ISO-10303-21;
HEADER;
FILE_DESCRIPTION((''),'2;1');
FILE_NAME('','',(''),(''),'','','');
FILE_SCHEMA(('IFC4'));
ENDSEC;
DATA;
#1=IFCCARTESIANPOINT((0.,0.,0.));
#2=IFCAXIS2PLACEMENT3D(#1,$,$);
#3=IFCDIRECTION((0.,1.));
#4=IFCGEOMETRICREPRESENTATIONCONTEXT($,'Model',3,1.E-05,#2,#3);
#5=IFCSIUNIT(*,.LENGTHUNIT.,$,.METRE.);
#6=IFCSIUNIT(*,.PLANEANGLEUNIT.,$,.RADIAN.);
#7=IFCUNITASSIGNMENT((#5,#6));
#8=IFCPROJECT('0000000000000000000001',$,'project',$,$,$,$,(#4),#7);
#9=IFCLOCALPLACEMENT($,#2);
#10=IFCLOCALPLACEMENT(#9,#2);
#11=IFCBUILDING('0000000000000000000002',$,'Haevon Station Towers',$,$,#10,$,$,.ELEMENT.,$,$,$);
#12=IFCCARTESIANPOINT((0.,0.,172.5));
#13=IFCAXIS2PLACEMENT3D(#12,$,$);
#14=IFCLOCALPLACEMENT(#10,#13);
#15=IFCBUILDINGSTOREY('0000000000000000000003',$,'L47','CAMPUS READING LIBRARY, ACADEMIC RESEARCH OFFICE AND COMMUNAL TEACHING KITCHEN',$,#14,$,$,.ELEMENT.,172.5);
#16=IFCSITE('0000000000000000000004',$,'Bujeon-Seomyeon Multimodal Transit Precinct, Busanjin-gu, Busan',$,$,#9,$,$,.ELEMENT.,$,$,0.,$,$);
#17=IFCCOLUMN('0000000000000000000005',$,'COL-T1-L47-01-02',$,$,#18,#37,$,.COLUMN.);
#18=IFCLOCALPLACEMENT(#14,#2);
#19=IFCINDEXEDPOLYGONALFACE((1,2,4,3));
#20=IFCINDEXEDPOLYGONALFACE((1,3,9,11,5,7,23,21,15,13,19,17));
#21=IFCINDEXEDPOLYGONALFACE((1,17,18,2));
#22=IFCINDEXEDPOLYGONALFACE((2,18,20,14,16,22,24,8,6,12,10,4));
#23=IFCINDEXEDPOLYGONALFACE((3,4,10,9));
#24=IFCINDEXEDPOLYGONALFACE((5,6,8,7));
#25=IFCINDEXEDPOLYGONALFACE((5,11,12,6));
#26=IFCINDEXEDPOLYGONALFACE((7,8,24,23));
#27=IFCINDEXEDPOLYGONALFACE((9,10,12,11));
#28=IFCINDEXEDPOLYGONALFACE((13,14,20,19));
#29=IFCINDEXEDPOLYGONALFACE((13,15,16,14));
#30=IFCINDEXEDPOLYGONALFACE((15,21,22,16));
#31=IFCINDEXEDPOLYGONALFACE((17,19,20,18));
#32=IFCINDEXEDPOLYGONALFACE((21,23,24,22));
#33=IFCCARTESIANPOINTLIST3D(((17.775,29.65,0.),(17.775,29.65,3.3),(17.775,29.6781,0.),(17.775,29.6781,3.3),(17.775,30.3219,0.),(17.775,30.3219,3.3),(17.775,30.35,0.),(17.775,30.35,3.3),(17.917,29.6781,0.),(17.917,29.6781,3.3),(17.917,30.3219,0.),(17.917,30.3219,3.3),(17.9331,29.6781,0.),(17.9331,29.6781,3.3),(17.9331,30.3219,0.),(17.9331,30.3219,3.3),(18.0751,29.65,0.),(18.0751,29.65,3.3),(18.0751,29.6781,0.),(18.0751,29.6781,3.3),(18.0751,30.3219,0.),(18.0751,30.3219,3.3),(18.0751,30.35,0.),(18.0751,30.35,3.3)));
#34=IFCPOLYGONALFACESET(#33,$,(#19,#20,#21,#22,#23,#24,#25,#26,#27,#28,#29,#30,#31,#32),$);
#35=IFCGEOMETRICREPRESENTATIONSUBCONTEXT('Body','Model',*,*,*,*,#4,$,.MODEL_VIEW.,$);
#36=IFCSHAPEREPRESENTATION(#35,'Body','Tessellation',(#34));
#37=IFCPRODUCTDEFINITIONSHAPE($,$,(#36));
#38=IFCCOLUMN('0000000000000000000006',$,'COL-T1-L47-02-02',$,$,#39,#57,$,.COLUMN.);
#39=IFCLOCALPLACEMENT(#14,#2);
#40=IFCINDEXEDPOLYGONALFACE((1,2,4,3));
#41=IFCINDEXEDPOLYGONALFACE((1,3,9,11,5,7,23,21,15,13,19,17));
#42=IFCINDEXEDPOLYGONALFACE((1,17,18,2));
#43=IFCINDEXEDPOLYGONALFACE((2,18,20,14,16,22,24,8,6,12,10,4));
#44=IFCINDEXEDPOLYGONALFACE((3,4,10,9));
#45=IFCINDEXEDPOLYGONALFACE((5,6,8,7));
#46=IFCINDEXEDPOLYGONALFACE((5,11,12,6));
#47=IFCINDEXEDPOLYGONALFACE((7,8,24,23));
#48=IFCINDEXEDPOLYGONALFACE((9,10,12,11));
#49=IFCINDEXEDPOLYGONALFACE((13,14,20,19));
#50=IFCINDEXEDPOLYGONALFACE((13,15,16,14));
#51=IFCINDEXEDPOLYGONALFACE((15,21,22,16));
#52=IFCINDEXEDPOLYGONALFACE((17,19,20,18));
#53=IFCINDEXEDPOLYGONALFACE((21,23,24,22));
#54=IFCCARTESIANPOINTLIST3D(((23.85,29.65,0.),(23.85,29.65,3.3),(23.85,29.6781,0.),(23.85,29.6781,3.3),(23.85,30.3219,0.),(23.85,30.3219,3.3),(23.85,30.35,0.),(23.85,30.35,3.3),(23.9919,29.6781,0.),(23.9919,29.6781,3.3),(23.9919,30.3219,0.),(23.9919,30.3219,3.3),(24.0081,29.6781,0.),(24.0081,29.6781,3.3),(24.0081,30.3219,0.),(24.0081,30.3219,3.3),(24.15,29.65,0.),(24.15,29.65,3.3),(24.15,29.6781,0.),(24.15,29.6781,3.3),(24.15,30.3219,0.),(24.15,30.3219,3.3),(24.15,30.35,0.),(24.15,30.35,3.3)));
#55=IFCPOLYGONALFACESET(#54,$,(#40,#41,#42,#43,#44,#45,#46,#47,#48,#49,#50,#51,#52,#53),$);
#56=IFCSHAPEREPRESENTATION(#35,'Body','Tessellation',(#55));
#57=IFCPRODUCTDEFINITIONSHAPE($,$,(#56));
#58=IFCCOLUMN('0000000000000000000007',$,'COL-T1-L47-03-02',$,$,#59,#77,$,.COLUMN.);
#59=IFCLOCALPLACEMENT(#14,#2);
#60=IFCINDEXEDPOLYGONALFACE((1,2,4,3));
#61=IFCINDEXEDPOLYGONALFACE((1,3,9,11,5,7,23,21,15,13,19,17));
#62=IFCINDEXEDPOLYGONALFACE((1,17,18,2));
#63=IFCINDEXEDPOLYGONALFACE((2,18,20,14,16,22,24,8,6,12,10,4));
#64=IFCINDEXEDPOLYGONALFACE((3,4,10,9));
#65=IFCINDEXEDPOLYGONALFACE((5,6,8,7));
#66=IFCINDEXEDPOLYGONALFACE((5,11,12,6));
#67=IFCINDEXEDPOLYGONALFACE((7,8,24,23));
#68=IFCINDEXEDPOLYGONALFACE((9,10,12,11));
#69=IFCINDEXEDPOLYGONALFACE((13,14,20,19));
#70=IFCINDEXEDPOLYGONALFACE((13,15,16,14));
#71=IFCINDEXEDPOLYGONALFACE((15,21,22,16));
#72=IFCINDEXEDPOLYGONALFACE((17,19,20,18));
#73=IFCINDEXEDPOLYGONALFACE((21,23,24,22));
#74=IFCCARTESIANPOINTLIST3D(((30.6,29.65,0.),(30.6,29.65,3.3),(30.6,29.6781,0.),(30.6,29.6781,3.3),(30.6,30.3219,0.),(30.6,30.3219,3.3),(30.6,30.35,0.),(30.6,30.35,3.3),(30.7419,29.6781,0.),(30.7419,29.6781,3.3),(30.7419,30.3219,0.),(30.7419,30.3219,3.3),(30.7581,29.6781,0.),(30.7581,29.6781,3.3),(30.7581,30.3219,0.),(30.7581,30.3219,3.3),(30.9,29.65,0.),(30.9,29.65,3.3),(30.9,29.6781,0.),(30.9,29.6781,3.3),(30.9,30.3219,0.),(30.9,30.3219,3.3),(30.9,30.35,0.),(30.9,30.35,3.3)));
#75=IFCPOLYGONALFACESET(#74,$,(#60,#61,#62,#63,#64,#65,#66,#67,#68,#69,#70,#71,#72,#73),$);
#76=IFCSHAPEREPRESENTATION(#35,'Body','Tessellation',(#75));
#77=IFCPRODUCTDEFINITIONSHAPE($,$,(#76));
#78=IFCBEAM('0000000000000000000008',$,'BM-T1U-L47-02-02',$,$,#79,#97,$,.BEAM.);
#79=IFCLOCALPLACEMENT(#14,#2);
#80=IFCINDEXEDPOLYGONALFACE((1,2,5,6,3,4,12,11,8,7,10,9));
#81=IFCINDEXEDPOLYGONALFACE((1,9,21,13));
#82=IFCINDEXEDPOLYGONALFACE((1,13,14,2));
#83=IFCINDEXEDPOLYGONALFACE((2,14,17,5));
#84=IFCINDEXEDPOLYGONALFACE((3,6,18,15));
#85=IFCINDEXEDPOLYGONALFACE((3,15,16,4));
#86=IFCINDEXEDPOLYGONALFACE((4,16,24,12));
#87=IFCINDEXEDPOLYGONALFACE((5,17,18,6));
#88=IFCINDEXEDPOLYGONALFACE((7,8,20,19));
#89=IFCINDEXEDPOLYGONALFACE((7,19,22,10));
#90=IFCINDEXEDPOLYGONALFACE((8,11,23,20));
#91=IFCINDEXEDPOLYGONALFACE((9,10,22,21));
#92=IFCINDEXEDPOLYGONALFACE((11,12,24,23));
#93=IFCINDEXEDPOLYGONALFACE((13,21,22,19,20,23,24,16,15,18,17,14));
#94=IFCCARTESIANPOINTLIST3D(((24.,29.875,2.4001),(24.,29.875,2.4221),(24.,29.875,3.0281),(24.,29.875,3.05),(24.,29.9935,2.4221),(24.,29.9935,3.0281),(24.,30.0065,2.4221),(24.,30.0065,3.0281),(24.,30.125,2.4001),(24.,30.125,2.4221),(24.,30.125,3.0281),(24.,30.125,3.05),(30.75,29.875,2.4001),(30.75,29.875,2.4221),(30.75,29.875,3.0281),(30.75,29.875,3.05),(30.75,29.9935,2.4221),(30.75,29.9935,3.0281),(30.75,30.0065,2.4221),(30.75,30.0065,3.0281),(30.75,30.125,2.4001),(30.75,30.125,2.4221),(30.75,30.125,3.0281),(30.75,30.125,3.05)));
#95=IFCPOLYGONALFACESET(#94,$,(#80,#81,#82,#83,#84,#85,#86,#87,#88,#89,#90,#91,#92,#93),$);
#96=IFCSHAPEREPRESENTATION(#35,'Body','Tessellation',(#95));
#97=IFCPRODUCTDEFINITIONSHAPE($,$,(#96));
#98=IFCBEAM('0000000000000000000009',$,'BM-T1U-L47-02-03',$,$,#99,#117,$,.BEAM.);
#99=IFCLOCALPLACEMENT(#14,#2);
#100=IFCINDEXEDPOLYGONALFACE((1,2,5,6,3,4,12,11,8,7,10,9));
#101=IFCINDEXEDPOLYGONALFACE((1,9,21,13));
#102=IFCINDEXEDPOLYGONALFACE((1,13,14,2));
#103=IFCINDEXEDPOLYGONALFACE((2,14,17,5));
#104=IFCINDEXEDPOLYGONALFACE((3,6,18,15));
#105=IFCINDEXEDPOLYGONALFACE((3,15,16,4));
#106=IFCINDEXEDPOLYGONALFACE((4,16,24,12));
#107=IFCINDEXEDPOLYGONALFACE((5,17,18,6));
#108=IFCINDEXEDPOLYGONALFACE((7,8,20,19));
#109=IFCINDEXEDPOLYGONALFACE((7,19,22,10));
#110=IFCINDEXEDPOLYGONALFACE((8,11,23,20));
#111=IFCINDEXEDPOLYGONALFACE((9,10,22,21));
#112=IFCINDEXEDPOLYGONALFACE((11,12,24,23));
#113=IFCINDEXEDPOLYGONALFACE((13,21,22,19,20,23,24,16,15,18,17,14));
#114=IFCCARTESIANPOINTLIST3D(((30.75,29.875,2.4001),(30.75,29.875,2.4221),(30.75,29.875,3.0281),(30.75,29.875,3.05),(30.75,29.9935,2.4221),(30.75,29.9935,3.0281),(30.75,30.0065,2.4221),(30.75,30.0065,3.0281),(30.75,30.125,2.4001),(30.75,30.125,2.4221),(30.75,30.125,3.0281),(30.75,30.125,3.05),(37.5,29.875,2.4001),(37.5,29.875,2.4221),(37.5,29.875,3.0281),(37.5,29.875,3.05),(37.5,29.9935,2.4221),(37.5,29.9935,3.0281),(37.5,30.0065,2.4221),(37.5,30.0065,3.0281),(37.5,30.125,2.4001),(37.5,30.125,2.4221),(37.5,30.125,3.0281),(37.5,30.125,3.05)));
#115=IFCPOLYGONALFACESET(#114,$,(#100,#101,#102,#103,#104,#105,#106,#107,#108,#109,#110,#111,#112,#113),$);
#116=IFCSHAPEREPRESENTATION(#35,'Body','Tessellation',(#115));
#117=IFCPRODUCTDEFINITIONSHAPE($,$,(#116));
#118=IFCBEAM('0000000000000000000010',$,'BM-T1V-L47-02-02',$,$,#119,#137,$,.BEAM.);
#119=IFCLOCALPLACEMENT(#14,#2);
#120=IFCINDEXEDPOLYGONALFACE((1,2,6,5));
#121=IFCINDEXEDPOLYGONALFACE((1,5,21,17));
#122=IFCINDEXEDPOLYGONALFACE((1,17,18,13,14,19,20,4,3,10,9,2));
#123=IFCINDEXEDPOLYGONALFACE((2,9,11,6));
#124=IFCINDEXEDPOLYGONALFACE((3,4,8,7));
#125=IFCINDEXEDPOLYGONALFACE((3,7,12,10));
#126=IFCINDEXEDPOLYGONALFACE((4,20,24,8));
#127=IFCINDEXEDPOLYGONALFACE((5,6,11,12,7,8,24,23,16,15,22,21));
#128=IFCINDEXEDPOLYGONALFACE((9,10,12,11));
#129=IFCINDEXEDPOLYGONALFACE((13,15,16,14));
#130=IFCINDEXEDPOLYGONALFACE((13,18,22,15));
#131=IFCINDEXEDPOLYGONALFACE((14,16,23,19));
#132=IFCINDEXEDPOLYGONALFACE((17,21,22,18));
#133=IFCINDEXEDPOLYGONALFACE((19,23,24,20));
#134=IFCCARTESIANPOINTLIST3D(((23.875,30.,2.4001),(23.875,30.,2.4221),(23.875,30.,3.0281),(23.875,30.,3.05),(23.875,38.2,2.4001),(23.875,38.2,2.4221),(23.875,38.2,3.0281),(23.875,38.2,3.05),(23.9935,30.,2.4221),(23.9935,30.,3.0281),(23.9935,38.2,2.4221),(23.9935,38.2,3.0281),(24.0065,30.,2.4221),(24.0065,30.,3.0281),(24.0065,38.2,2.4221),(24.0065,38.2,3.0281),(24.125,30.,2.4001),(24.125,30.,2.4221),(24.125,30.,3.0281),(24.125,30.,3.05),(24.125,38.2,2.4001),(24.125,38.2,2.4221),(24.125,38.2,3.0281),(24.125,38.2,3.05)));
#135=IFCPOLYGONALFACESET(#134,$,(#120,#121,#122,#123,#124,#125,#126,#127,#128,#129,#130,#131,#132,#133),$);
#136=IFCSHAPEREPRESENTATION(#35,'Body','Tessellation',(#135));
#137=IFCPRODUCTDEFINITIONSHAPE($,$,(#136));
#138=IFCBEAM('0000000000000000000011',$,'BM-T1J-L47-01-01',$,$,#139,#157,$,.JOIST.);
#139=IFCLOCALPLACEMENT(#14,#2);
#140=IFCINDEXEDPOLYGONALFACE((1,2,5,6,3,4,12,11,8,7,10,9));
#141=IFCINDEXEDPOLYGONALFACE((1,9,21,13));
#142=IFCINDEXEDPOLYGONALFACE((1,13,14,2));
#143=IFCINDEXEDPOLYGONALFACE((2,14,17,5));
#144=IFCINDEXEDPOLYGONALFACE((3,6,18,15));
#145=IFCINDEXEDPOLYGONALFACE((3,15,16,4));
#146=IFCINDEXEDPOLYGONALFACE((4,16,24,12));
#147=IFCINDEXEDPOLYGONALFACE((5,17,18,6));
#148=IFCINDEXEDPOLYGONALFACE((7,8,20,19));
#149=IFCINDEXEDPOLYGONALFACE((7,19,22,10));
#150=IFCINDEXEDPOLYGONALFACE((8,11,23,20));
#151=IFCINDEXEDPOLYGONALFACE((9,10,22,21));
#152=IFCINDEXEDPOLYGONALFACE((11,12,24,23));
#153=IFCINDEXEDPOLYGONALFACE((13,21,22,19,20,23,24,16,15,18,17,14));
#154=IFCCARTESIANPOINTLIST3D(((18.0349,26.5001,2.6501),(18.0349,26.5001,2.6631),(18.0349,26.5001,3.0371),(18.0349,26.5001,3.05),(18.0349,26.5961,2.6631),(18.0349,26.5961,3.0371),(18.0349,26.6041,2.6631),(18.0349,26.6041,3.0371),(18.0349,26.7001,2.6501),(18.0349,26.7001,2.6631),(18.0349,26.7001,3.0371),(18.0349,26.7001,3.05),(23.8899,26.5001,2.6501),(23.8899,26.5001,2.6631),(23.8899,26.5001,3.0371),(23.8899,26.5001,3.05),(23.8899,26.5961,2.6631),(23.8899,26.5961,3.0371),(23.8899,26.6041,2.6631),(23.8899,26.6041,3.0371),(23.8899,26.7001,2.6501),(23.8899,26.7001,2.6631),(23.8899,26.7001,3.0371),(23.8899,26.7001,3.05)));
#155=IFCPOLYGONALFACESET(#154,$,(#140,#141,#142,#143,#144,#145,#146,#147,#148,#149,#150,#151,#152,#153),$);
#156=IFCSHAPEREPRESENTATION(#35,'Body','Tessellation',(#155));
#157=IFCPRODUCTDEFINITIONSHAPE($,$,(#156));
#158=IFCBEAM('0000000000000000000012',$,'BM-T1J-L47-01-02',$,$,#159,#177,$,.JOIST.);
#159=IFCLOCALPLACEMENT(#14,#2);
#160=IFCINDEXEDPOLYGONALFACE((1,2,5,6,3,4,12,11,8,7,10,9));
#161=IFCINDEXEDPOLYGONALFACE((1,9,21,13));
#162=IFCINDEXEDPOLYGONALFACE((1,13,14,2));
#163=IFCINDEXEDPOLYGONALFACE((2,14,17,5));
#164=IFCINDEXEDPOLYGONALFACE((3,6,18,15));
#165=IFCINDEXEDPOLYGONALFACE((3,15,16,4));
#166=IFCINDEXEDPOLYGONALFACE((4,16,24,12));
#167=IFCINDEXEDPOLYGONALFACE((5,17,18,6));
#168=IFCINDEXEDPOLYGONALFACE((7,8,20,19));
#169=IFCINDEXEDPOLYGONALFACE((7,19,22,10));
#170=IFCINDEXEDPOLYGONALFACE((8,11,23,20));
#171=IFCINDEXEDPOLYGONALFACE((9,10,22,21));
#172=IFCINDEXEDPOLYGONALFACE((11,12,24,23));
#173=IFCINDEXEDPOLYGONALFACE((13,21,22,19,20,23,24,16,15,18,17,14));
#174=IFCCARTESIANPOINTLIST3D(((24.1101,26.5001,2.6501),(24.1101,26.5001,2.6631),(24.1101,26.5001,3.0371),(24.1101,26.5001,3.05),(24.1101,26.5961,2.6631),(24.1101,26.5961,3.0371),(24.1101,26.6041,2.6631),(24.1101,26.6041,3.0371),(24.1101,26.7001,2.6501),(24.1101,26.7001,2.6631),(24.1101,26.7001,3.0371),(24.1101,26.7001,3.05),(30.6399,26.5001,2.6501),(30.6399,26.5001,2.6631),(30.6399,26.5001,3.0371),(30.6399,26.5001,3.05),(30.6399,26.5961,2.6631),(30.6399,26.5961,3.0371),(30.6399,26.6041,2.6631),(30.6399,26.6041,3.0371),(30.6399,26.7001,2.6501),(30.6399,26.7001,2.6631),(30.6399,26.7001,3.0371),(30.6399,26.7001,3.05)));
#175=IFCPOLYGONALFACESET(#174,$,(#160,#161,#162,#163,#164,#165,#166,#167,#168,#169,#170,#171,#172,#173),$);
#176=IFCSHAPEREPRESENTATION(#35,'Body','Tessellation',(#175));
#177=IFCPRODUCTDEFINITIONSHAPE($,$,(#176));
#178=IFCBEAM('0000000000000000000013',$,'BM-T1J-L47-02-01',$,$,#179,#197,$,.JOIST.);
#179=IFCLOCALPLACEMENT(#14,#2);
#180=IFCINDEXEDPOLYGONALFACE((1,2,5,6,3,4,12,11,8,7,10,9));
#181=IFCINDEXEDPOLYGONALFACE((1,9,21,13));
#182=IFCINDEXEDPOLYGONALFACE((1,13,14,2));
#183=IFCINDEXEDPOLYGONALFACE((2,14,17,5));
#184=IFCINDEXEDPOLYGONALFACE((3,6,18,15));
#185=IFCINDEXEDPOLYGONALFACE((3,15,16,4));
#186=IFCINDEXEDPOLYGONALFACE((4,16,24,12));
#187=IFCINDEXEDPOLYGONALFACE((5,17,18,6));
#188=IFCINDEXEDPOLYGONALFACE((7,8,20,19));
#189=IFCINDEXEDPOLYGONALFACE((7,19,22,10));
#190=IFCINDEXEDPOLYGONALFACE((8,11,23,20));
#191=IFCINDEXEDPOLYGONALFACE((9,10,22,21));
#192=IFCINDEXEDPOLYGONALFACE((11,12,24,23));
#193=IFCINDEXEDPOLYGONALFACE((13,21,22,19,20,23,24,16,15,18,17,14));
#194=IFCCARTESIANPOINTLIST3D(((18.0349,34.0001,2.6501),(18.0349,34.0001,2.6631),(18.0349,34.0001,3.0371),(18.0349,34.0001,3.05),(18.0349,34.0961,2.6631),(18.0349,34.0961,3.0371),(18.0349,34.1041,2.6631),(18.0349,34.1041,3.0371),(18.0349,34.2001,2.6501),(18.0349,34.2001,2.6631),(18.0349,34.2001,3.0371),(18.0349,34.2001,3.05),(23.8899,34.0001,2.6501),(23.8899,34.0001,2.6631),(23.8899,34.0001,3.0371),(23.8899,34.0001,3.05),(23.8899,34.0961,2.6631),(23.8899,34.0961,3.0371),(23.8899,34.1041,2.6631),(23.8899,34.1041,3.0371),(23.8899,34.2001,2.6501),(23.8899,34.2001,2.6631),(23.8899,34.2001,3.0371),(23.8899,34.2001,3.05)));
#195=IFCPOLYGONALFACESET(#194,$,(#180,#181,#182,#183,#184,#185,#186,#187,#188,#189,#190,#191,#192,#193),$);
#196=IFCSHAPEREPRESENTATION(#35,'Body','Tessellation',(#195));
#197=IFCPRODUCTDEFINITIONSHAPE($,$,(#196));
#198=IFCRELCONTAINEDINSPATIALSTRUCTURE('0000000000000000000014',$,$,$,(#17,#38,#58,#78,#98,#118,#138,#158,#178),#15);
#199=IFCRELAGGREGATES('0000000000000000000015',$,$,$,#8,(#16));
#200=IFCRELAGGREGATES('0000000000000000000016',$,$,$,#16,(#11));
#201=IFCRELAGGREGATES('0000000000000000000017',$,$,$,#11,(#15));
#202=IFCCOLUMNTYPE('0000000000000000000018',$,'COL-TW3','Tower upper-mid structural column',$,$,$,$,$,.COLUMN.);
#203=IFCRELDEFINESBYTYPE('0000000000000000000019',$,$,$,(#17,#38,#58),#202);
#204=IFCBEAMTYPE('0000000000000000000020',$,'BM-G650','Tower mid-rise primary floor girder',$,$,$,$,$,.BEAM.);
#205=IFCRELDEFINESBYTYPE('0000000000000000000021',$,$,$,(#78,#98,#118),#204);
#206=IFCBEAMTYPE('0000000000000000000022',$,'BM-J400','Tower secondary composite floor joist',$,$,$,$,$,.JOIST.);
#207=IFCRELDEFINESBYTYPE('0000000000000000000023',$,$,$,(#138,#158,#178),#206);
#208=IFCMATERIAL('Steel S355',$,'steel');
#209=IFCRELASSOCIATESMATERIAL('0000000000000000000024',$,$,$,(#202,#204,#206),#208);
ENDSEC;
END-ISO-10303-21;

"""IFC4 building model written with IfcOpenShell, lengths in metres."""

from ifc_helpers import new_model, si_unit, direction, frame, origin, origin_2d, place, context, subcontext, project, spatial, i_section, extrude, material, material_profile, profile_set, type_object, element, save


model = new_model("IFC4")

# Units and contexts
model_context = context("Model", 3, precision=1e-05, world=origin(), true_north=direction((0.0, 1.0)))
body_context = subcontext(model_context, "Body", "Model", "MODEL_VIEW")
ifc_project = project(units=[si_unit("LENGTHUNIT", "METRE"), si_unit("PLANEANGLEUNIT", "RADIAN")], contexts=[model_context])

# Site, building, storey
site_placement = place(None, origin())
site = spatial("IfcSite", under=ifc_project, at=site_placement, Name="Bujeon-Seomyeon Multimodal Transit Precinct, Busanjin-gu, Busan", CompositionType="ELEMENT", RefElevation=0.0)
building_placement = place(site_placement, origin())
building = spatial("IfcBuilding", under=site, at=building_placement, Name="Haevon Station Towers", CompositionType="ELEMENT")
storey_placement = place(building_placement, frame((0.0, 0.0, 172.5)))
storey = spatial("IfcBuildingStorey", under=building, at=storey_placement, Name="L47", Description="CAMPUS READING LIBRARY, ACADEMIC RESEARCH OFFICE AND COMMUNAL TEACHING KITCHEN", CompositionType="ELEMENT", Elevation=172.5)

# Columns
ifc_material_1 = material(Name="Steel S355", Category="steel")
ifc_material_profile_1 = material_profile(ifc_material_1, i_section(OverallWidth=0.3, OverallDepth=0.7, WebThickness=0.0161, FlangeThickness=0.0281, at=origin_2d()), Name="H-700x300x16x28")
ifc_profile_set_1 = profile_set([ifc_material_profile_1], Name="Steel S355")
column_type = type_object("IfcColumnType", Name="COL-TW3", Description="Tower upper-mid structural column", PredefinedType="COLUMN", material=ifc_profile_set_1)
for number, where, z_axis, x_axis, name in (
    (1, (17.925, 30.0, 0.0), (0.0, 0.0, 1.0), (1.0, 0.0, 0.0), "COL-T1-L47-01-02"),
    (2, (24.0, 30.0, 0.0), (0.0, 0.0, 1.0), (1.0, 0.0, 0.0), "COL-T1-L47-02-02"),
    (3, (30.75, 30.0, 0.0), (0.0, 0.0, 1.0), (1.0, 0.0, 0.0), "COL-T1-L47-03-02"),
):
    element("IfcColumn", number, at=place(storey_placement, frame(where, z_axis=z_axis, x_axis=x_axis)), inside=storey, type_object=column_type, Name=name, PredefinedType="COLUMN", context=body_context, shape_type="SweptSolid", body=[
        extrude(i_section(OverallWidth=0.3, OverallDepth=0.7, WebThickness=0.0161, FlangeThickness=0.0281, at=origin_2d()), origin(), (0.0, 0.0, 1.0), 3.3),
    ])

# Beams
ifc_material_profile_2 = material_profile(ifc_material_1, i_section(OverallWidth=0.25, OverallDepth=0.6499, WebThickness=0.0129, FlangeThickness=0.022, at=origin_2d()), Name="H-650x250x13x22")
ifc_profile_set_2 = profile_set([ifc_material_profile_2], Name="Steel S355")
beam_type_1 = type_object("IfcBeamType", Name="BM-G650", Description="Tower mid-rise primary floor girder", PredefinedType="BEAM", material=ifc_profile_set_2)
for number, where, z_axis, x_axis, name in (
    (4, (24.0, 30.0, 2.7251), (1.0, 0.0, 0.0), (0.0, 1.0, 0.0), "BM-T1U-L47-02-02"),
    (5, (30.75, 30.0, 2.7251), (1.0, 0.0, 0.0), (0.0, 1.0, 0.0), "BM-T1U-L47-02-03"),
):
    element("IfcBeam", number, at=place(storey_placement, frame(where, z_axis=z_axis, x_axis=x_axis)), inside=storey, type_object=beam_type_1, Name=name, PredefinedType="BEAM", context=body_context, shape_type="SweptSolid", body=[
        extrude(i_section(OverallWidth=0.25, OverallDepth=0.6499, WebThickness=0.0129, FlangeThickness=0.022, at=origin_2d()), origin(), (0.0, 0.0, 1.0), 6.75),
    ])
beam_1_placement = place(storey_placement, frame((24.0, 30.0, 2.7251), z_axis=(0.0, 1.0, 0.0), x_axis=(-1.0, 0.0, 0.0)))
element("IfcBeam", 6, at=beam_1_placement, inside=storey, type_object=beam_type_1, Name="BM-T1V-L47-02-02", PredefinedType="BEAM", context=body_context, shape_type="SweptSolid", body=[
    extrude(i_section(OverallWidth=0.25, OverallDepth=0.6499, WebThickness=0.0129, FlangeThickness=0.022, at=origin_2d()), origin(), (0.0, 0.0, 1.0), 8.2),
])
ifc_material_profile_3 = material_profile(ifc_material_1, i_section(OverallWidth=0.2, OverallDepth=0.3999, WebThickness=0.0081, FlangeThickness=0.0129, at=origin_2d()), Name="H-400x200x8x13")
ifc_profile_set_3 = profile_set([ifc_material_profile_3], Name="Steel S355")
beam_type_2 = type_object("IfcBeamType", Name="BM-J400", Description="Tower secondary composite floor joist", PredefinedType="JOIST", material=ifc_profile_set_3)
beam_2_placement = place(storey_placement, frame((18.0349, 26.6001, 2.8501), z_axis=(1.0, 0.0, 0.0), x_axis=(0.0, 1.0, 0.0)))
element("IfcBeam", 7, at=beam_2_placement, inside=storey, type_object=beam_type_2, Name="BM-T1J-L47-01-01", PredefinedType="JOIST", context=body_context, shape_type="SweptSolid", body=[
    extrude(i_section(OverallWidth=0.2, OverallDepth=0.3999, WebThickness=0.0081, FlangeThickness=0.0129, at=origin_2d()), origin(), (0.0, 0.0, 1.0), 5.855),
])
beam_3_placement = place(storey_placement, frame((24.1101, 26.6001, 2.8501), z_axis=(1.0, 0.0, 0.0), x_axis=(0.0, 1.0, 0.0)))
element("IfcBeam", 8, at=beam_3_placement, inside=storey, type_object=beam_type_2, Name="BM-T1J-L47-01-02", PredefinedType="JOIST", context=body_context, shape_type="SweptSolid", body=[
    extrude(i_section(OverallWidth=0.2, OverallDepth=0.3999, WebThickness=0.0081, FlangeThickness=0.0129, at=origin_2d()), origin(), (0.0, 0.0, 1.0), 6.5298),
])
beam_4_placement = place(storey_placement, frame((18.0349, 34.1001, 2.8501), z_axis=(1.0, 0.0, 0.0), x_axis=(0.0, 1.0, 0.0)))
element("IfcBeam", 9, at=beam_4_placement, inside=storey, type_object=beam_type_2, Name="BM-T1J-L47-02-01", PredefinedType="JOIST", context=body_context, shape_type="SweptSolid", body=[
    extrude(i_section(OverallWidth=0.2, OverallDepth=0.3999, WebThickness=0.0081, FlangeThickness=0.0129, at=origin_2d()), origin(), (0.0, 0.0, 1.0), 5.855),
])

save(model, "model.ifc")
